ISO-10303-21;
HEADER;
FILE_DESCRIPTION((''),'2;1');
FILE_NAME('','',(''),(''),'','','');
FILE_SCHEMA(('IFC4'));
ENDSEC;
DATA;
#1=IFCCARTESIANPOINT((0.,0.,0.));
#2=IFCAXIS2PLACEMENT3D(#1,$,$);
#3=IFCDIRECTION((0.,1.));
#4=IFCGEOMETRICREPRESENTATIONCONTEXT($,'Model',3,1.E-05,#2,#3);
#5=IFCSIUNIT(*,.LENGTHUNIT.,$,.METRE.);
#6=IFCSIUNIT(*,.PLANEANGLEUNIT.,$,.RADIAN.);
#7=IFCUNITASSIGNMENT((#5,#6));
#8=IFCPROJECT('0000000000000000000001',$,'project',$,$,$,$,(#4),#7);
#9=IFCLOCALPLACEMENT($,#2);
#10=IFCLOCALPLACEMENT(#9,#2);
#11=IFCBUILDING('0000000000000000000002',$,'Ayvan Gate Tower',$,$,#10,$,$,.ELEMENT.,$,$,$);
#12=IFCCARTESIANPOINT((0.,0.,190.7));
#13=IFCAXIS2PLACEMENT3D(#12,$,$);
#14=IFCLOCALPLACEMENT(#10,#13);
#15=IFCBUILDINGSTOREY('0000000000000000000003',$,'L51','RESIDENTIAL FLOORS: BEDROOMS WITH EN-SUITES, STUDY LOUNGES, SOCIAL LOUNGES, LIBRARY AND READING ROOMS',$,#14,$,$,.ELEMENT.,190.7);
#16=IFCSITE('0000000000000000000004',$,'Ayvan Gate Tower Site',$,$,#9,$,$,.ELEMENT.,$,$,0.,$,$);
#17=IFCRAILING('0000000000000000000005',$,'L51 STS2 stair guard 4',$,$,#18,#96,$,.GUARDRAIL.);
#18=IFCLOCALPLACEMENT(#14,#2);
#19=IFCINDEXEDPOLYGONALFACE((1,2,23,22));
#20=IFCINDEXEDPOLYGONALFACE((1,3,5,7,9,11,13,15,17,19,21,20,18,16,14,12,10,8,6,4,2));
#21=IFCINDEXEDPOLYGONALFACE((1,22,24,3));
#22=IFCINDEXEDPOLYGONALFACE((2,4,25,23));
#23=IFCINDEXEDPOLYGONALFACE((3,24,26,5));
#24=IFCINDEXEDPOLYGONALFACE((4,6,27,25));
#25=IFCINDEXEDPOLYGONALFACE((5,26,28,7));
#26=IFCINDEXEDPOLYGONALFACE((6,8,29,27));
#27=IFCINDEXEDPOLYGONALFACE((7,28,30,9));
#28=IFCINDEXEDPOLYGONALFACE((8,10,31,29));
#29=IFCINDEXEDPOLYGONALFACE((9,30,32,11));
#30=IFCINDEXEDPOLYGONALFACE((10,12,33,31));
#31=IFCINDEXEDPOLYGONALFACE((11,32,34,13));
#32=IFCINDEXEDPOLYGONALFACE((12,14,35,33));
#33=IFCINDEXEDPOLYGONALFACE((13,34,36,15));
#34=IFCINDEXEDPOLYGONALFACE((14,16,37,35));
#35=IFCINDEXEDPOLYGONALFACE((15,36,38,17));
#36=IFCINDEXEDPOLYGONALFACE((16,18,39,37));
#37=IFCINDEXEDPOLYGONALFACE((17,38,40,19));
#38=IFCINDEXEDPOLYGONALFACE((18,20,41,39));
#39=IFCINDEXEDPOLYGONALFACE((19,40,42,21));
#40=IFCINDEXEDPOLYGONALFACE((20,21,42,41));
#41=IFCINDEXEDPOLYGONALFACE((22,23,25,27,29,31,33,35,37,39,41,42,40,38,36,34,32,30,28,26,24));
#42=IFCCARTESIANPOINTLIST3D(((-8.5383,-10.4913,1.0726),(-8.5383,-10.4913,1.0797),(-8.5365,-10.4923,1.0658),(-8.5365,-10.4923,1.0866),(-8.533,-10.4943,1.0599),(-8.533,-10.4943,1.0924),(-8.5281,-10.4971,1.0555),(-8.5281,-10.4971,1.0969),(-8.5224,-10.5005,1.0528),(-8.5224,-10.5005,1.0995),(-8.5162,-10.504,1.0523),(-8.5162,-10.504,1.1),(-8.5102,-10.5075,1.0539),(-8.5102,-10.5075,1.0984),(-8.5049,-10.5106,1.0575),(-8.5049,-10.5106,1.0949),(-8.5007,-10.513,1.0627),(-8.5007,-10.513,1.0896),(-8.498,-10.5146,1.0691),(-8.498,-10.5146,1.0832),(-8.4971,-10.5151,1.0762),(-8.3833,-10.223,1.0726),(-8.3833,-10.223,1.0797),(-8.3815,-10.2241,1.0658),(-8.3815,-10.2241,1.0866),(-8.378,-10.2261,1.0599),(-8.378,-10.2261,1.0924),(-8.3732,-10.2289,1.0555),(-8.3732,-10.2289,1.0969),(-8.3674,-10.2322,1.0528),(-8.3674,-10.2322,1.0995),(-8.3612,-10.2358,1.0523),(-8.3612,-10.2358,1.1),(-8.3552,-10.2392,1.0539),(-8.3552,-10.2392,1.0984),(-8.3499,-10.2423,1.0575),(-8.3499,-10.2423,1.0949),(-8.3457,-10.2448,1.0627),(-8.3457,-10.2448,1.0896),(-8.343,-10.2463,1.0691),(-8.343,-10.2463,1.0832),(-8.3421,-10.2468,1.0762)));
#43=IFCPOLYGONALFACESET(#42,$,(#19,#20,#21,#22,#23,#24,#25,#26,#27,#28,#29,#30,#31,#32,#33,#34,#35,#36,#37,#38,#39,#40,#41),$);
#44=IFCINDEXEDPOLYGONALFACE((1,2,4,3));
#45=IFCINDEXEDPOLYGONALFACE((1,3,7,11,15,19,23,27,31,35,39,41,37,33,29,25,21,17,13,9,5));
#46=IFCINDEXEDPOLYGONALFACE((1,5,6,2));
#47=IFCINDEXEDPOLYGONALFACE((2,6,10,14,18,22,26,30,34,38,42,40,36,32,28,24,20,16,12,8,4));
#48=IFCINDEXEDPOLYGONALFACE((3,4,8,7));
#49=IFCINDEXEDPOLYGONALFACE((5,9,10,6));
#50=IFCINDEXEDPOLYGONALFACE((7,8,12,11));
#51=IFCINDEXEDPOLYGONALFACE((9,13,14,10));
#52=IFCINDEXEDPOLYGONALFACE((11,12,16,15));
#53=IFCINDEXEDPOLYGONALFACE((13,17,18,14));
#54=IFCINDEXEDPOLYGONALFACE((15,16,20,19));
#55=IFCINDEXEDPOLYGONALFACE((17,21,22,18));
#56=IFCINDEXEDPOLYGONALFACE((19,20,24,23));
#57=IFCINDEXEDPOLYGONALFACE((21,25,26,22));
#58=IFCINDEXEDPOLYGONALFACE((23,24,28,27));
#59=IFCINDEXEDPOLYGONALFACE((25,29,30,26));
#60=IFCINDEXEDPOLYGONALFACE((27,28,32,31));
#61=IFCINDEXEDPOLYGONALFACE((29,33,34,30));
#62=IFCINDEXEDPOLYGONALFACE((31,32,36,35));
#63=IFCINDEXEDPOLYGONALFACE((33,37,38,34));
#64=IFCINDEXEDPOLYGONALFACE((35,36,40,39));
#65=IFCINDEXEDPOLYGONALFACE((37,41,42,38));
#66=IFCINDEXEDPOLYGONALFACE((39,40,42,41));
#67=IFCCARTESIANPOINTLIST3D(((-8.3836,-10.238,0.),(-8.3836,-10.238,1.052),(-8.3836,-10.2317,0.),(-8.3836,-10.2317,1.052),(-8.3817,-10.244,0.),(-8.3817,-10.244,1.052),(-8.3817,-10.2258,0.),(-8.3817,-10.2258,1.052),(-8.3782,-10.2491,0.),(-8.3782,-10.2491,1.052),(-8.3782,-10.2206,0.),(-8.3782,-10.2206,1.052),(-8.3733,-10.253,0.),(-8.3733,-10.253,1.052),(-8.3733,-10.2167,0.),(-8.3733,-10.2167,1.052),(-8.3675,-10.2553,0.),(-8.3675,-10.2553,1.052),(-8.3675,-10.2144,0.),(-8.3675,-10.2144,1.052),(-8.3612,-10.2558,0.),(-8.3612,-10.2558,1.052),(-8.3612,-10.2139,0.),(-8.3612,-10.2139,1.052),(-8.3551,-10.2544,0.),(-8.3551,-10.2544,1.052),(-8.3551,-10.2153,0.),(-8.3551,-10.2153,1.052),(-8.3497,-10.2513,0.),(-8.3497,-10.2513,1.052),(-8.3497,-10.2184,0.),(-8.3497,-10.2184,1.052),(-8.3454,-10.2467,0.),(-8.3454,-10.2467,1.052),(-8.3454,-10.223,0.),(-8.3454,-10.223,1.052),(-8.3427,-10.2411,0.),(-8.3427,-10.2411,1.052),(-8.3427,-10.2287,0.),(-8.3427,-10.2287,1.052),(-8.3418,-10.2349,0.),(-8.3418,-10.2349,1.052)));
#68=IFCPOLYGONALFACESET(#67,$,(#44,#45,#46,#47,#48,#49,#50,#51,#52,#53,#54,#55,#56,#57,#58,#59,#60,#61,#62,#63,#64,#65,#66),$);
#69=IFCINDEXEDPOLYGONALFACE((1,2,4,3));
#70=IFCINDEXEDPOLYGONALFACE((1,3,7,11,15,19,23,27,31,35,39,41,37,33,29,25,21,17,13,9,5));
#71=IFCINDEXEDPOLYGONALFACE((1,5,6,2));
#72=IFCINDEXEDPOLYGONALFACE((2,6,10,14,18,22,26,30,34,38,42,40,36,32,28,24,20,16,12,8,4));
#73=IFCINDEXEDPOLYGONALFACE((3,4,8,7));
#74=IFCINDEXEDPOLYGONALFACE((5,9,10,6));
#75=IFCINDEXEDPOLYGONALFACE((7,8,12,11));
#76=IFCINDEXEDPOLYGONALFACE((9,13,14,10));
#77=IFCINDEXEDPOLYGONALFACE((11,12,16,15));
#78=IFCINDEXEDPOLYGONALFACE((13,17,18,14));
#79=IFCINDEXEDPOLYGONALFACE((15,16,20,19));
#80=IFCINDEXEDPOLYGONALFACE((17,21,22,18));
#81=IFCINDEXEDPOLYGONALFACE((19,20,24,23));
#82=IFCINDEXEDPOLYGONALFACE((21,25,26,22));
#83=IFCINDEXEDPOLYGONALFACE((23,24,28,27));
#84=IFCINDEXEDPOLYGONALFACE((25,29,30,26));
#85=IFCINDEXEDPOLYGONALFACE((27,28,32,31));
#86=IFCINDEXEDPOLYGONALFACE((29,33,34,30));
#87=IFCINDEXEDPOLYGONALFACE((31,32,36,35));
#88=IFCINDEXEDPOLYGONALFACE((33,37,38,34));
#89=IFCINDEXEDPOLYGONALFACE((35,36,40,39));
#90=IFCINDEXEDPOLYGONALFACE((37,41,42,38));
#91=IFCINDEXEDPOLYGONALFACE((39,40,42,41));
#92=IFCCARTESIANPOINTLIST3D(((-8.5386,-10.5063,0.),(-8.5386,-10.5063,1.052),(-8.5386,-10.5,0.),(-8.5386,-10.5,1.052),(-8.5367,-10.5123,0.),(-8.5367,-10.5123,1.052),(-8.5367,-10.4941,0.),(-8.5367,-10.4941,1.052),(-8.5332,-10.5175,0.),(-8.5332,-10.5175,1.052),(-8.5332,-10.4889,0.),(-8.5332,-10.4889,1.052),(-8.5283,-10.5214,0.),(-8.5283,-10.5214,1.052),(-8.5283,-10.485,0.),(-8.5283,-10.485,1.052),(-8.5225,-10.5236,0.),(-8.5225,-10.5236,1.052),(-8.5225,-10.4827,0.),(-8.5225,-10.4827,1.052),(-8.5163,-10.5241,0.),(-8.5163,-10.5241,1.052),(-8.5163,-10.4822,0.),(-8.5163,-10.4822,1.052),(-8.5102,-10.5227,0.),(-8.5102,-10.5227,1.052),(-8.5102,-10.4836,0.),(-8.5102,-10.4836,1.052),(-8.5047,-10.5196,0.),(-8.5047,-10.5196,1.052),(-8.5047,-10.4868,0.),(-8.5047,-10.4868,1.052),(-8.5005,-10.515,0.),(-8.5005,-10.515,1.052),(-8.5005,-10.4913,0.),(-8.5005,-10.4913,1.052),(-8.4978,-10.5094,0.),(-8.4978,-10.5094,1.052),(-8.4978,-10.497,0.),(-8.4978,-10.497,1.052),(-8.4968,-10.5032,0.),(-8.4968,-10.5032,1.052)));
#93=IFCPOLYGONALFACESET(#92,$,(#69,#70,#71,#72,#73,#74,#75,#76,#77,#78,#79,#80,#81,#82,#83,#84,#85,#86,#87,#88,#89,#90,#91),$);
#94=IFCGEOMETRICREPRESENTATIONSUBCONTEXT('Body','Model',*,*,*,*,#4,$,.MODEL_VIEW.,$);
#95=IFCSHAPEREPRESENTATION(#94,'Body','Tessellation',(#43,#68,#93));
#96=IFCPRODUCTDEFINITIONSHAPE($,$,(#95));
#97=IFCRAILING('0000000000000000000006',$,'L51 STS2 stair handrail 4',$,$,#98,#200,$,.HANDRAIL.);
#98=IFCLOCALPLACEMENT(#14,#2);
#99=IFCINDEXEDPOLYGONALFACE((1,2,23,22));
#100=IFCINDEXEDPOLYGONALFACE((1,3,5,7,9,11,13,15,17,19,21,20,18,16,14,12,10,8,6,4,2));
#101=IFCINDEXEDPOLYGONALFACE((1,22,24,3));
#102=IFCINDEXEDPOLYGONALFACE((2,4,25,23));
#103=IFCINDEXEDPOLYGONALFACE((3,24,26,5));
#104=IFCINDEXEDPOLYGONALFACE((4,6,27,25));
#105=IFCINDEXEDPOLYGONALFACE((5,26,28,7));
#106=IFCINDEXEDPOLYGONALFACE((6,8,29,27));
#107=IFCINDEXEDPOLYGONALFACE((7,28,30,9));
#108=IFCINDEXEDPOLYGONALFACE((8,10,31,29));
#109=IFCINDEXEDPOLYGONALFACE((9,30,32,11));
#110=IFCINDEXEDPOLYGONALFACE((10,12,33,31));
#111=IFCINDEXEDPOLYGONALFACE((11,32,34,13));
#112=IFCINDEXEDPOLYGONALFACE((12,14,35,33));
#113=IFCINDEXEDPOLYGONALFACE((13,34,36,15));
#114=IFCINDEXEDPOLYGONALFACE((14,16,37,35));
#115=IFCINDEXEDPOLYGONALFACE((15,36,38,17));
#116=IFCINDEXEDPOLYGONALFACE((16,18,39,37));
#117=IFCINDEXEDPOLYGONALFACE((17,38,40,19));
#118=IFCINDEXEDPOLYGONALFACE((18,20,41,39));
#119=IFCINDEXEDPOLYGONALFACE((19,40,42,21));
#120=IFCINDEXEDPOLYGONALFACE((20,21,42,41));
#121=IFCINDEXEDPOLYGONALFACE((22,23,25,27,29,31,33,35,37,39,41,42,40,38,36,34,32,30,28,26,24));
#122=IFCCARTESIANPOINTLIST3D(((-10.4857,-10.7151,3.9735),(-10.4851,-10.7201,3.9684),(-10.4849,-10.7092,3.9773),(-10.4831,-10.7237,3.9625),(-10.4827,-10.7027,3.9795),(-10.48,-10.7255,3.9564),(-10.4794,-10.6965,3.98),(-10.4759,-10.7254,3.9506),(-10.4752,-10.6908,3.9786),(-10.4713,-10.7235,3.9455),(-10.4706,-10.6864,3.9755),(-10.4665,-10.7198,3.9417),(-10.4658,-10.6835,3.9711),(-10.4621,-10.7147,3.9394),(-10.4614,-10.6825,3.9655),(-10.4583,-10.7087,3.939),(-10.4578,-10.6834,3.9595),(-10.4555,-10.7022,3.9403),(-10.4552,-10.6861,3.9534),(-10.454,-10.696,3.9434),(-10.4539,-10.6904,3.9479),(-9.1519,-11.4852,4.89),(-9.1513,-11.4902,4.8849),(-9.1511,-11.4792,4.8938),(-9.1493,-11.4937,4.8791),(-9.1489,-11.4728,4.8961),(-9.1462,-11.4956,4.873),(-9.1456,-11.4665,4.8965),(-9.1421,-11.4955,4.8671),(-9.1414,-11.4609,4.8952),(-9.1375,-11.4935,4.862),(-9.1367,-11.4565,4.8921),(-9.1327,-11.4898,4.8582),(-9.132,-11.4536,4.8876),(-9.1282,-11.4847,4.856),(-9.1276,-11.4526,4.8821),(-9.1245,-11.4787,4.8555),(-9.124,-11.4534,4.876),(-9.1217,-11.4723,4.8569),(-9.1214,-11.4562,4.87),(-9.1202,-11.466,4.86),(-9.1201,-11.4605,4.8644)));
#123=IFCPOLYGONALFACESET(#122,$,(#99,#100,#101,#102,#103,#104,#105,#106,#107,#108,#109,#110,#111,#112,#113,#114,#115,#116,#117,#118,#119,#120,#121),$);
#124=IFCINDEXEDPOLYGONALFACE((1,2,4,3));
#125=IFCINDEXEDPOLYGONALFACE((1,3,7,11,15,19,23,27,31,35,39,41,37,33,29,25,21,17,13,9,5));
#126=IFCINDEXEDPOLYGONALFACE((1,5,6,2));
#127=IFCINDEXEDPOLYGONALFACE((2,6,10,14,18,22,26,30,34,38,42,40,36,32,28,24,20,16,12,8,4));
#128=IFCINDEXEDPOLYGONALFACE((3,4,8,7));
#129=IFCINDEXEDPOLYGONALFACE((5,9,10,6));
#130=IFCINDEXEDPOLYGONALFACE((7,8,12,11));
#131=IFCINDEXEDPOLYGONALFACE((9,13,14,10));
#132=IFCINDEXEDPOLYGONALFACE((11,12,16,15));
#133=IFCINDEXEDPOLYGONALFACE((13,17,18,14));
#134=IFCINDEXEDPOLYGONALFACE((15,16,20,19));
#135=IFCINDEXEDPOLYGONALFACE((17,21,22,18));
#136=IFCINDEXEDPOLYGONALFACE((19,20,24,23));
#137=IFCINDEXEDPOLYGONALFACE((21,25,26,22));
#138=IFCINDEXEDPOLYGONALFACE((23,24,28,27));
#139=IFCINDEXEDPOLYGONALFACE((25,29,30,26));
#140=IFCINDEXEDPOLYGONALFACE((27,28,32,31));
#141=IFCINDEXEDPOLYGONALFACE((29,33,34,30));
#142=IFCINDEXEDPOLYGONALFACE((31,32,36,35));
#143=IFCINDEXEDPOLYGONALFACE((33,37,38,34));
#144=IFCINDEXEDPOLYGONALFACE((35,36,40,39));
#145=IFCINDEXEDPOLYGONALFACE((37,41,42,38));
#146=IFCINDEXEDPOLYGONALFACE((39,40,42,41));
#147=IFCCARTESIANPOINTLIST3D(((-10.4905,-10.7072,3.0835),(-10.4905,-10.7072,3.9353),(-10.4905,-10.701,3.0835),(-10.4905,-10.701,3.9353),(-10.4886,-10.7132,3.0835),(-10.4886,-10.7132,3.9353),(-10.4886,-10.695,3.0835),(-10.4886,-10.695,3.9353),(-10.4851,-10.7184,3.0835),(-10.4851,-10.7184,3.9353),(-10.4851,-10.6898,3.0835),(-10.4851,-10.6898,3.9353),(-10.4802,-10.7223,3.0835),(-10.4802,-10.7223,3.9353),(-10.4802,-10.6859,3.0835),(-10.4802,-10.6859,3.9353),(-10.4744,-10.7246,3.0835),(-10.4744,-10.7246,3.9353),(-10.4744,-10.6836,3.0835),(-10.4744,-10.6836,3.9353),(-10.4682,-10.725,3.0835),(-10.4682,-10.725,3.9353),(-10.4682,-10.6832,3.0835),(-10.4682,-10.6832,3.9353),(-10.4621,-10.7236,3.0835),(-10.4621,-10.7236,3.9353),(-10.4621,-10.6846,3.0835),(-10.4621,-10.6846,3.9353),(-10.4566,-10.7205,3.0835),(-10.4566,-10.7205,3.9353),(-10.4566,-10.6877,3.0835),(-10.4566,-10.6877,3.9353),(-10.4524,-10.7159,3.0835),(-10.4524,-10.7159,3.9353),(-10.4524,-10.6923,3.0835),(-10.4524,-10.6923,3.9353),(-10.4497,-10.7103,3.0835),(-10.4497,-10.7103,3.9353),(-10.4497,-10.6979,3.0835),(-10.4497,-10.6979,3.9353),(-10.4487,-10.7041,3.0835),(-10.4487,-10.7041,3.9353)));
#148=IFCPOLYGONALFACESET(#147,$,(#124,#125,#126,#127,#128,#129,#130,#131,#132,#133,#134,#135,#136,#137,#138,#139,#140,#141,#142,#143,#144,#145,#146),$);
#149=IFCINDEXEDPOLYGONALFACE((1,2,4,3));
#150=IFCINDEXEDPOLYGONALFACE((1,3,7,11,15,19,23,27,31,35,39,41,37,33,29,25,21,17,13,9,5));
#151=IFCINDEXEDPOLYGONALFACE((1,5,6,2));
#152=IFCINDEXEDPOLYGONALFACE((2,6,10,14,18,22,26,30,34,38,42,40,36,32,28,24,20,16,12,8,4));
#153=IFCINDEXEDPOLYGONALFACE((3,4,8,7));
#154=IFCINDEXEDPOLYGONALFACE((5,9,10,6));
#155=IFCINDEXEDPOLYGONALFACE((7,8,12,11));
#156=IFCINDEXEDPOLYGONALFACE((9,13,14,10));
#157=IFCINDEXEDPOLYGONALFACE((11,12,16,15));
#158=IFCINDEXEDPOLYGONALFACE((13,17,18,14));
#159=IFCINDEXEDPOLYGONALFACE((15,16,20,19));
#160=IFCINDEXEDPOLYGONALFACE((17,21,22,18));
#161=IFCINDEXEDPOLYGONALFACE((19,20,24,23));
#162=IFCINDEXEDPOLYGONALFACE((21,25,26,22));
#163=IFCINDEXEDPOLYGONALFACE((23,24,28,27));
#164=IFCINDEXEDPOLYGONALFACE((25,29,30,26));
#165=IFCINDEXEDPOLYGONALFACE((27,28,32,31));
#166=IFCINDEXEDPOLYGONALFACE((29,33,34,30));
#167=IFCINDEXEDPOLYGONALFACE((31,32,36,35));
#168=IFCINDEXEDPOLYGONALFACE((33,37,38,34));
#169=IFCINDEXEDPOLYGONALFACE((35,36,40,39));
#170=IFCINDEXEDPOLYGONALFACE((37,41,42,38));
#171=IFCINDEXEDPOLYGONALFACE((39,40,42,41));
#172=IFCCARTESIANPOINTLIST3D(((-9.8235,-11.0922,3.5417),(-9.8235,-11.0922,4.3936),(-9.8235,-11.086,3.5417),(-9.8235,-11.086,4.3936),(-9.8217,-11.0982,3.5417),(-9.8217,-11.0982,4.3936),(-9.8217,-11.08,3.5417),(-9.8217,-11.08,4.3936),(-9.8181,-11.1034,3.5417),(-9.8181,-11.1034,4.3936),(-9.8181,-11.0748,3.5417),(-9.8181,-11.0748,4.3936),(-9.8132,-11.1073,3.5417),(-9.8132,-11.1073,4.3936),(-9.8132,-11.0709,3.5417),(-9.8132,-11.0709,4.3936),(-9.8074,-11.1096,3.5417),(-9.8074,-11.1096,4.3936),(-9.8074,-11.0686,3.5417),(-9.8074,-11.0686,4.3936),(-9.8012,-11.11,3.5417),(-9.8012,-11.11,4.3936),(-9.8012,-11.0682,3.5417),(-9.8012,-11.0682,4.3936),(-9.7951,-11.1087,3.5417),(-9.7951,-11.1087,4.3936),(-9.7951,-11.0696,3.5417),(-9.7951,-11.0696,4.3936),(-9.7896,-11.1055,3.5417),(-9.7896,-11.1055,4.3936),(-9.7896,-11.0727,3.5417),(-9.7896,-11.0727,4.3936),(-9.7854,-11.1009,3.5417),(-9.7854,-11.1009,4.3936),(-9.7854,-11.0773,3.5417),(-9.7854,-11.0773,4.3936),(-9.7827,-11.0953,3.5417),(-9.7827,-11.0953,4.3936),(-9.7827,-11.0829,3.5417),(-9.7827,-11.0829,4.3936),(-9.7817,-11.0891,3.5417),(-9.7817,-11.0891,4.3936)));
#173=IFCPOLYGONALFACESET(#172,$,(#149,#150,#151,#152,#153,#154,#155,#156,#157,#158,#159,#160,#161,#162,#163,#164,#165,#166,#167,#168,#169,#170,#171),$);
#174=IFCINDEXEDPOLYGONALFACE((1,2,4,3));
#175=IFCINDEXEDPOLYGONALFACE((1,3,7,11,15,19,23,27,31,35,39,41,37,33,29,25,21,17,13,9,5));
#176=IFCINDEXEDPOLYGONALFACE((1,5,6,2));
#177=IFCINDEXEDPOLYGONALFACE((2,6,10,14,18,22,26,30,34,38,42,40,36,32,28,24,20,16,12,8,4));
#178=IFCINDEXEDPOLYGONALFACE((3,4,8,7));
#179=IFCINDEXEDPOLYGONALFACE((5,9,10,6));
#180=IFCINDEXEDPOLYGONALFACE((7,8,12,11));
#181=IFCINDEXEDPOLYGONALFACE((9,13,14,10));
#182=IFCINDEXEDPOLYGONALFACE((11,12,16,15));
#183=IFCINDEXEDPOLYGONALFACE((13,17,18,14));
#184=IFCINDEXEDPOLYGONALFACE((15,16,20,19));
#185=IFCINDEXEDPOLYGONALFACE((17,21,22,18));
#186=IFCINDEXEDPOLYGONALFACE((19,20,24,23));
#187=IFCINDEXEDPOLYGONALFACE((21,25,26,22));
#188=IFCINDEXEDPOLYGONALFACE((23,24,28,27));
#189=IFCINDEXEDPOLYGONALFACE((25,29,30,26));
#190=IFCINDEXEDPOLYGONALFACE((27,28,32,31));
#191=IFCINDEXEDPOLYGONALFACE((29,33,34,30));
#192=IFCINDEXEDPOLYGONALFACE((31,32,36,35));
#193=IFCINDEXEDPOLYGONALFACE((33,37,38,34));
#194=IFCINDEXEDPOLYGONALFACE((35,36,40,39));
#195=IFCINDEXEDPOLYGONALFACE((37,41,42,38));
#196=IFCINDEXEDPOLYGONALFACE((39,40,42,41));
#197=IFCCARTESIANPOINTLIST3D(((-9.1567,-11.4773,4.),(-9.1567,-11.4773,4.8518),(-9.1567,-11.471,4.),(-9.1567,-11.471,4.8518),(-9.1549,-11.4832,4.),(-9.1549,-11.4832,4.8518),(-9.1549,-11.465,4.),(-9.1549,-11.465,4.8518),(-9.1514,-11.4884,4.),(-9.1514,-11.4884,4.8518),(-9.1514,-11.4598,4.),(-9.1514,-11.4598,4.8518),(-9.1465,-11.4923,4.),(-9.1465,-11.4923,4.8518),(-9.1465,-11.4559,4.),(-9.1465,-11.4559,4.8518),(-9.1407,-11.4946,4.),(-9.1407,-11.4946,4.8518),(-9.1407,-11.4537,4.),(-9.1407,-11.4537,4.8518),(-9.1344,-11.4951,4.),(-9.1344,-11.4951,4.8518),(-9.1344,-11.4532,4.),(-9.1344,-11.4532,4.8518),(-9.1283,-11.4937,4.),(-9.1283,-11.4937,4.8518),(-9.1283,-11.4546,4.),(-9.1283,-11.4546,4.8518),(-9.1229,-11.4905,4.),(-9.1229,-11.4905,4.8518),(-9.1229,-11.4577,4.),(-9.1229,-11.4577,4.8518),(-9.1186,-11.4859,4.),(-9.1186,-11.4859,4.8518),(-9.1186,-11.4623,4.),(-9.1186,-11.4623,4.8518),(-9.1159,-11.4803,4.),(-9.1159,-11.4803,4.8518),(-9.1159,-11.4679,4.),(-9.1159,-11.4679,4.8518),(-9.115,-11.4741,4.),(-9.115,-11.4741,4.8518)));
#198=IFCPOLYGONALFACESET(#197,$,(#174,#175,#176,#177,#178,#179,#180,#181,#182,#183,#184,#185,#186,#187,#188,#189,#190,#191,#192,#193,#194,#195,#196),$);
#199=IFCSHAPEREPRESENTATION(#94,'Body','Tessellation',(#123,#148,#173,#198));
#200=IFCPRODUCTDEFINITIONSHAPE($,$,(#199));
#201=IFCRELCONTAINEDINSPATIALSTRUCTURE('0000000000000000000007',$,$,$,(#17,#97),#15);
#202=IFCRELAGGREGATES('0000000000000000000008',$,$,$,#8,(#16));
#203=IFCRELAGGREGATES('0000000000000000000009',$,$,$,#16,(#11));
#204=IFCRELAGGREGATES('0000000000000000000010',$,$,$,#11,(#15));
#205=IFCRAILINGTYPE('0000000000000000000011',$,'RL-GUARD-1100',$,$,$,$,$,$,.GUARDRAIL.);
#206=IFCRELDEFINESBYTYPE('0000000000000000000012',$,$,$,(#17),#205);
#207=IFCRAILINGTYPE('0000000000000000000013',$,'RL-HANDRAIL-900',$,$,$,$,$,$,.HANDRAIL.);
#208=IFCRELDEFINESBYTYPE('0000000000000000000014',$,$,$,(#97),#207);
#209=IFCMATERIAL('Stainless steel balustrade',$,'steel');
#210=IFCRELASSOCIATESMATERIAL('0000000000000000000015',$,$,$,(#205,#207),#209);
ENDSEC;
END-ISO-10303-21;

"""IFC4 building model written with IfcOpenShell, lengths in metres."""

from ifc_helpers import new_model, si_unit, direction, frame, origin, origin_2d, place, context, subcontext, project, spatial, circle, extrude, material, type_object, element, save


model = new_model("IFC4")

# Units and contexts
model_context = context("Model", 3, precision=1e-05, world=origin(), true_north=direction((0.0, 1.0)))
body_context = subcontext(model_context, "Body", "Model", "MODEL_VIEW")
ifc_project = project(units=[si_unit("LENGTHUNIT", "METRE"), si_unit("PLANEANGLEUNIT", "RADIAN")], contexts=[model_context])

# Site, building, storey
site_placement = place(None, origin())
site = spatial("IfcSite", under=ifc_project, at=site_placement, Name="Ayvan Gate Tower Site", CompositionType="ELEMENT", RefElevation=0.0)
building_placement = place(site_placement, origin())
building = spatial("IfcBuilding", under=site, at=building_placement, Name="Ayvan Gate Tower", CompositionType="ELEMENT")
storey_placement = place(building_placement, frame((0.0, 0.0, 190.7)))
storey = spatial("IfcBuildingStorey", under=building, at=storey_placement, Name="L51", Description="RESIDENTIAL FLOORS: BEDROOMS WITH EN-SUITES, STUDY LOUNGES, SOCIAL LOUNGES, LIBRARY AND READING ROOMS", CompositionType="ELEMENT", Elevation=190.7)

# Railings
ifc_material_1 = material(Name="Stainless steel balustrade", Category="steel")
railing_type_1 = type_object("IfcRailingType", Name="RL-GUARD-1100", PredefinedType="GUARDRAIL", material=ifc_material_1)
railing_1_placement = place(storey_placement, frame((-8.3628, -10.2349, 0.0)))
element("IfcRailing", 1, at=railing_1_placement, inside=storey, type_object=railing_type_1, Name="L51 STS2 stair guard 4", PredefinedType="GUARDRAIL", context=body_context, shape_type="SweptSolid", body=[
    extrude(circle(Radius=0.0239, at=origin_2d()), frame((0.0, 0.0, 1.0762), z_axis=(-0.500291, -0.865857, 0.0), x_axis=(0.865857, -0.500291, 0.0)), (0.0, 0.0, 1.0), 0.3098),
    extrude(circle(Radius=0.021, at=origin_2d()), origin(), (0.0, 0.0, 1.0), 1.052),
    extrude(circle(Radius=0.021, at=origin_2d()), frame((-0.155, -0.2683, 0.0)), (0.0, 0.0, 1.0), 1.052),
])
railing_type_2 = type_object("IfcRailingType", Name="RL-HANDRAIL-900", PredefinedType="HANDRAIL", material=ifc_material_1)
railing_2_placement = place(storey_placement, frame((-10.4697, -10.7041, 3.0835)))
element("IfcRailing", 2, at=railing_2_placement, inside=storey, type_object=railing_type_2, Name="L51 STS2 stair handrail 4", PredefinedType="HANDRAIL", context=body_context, shape_type="SweptSolid", body=[
    extrude(circle(Radius=0.0239, at=origin_2d()), frame((0.0, 0.0, 0.876), z_axis=(0.744216, -0.429664, 0.511401), x_axis=(0.499992, 0.86603, 0.0)), (0.0, 0.0, 1.0), 1.7922),
    extrude(circle(Radius=0.021, at=origin_2d()), origin(), (0.0, 0.0, 1.0), 0.8518),
    extrude(circle(Radius=0.021, at=origin_2d()), frame((0.667, -0.385, 0.4583)), (0.0, 0.0, 1.0), 0.8518),
    extrude(circle(Radius=0.021, at=origin_2d()), frame((1.3337, -0.77, 0.9165)), (0.0, 0.0, 1.0), 0.8518),
])

save(model, "model.ifc")
